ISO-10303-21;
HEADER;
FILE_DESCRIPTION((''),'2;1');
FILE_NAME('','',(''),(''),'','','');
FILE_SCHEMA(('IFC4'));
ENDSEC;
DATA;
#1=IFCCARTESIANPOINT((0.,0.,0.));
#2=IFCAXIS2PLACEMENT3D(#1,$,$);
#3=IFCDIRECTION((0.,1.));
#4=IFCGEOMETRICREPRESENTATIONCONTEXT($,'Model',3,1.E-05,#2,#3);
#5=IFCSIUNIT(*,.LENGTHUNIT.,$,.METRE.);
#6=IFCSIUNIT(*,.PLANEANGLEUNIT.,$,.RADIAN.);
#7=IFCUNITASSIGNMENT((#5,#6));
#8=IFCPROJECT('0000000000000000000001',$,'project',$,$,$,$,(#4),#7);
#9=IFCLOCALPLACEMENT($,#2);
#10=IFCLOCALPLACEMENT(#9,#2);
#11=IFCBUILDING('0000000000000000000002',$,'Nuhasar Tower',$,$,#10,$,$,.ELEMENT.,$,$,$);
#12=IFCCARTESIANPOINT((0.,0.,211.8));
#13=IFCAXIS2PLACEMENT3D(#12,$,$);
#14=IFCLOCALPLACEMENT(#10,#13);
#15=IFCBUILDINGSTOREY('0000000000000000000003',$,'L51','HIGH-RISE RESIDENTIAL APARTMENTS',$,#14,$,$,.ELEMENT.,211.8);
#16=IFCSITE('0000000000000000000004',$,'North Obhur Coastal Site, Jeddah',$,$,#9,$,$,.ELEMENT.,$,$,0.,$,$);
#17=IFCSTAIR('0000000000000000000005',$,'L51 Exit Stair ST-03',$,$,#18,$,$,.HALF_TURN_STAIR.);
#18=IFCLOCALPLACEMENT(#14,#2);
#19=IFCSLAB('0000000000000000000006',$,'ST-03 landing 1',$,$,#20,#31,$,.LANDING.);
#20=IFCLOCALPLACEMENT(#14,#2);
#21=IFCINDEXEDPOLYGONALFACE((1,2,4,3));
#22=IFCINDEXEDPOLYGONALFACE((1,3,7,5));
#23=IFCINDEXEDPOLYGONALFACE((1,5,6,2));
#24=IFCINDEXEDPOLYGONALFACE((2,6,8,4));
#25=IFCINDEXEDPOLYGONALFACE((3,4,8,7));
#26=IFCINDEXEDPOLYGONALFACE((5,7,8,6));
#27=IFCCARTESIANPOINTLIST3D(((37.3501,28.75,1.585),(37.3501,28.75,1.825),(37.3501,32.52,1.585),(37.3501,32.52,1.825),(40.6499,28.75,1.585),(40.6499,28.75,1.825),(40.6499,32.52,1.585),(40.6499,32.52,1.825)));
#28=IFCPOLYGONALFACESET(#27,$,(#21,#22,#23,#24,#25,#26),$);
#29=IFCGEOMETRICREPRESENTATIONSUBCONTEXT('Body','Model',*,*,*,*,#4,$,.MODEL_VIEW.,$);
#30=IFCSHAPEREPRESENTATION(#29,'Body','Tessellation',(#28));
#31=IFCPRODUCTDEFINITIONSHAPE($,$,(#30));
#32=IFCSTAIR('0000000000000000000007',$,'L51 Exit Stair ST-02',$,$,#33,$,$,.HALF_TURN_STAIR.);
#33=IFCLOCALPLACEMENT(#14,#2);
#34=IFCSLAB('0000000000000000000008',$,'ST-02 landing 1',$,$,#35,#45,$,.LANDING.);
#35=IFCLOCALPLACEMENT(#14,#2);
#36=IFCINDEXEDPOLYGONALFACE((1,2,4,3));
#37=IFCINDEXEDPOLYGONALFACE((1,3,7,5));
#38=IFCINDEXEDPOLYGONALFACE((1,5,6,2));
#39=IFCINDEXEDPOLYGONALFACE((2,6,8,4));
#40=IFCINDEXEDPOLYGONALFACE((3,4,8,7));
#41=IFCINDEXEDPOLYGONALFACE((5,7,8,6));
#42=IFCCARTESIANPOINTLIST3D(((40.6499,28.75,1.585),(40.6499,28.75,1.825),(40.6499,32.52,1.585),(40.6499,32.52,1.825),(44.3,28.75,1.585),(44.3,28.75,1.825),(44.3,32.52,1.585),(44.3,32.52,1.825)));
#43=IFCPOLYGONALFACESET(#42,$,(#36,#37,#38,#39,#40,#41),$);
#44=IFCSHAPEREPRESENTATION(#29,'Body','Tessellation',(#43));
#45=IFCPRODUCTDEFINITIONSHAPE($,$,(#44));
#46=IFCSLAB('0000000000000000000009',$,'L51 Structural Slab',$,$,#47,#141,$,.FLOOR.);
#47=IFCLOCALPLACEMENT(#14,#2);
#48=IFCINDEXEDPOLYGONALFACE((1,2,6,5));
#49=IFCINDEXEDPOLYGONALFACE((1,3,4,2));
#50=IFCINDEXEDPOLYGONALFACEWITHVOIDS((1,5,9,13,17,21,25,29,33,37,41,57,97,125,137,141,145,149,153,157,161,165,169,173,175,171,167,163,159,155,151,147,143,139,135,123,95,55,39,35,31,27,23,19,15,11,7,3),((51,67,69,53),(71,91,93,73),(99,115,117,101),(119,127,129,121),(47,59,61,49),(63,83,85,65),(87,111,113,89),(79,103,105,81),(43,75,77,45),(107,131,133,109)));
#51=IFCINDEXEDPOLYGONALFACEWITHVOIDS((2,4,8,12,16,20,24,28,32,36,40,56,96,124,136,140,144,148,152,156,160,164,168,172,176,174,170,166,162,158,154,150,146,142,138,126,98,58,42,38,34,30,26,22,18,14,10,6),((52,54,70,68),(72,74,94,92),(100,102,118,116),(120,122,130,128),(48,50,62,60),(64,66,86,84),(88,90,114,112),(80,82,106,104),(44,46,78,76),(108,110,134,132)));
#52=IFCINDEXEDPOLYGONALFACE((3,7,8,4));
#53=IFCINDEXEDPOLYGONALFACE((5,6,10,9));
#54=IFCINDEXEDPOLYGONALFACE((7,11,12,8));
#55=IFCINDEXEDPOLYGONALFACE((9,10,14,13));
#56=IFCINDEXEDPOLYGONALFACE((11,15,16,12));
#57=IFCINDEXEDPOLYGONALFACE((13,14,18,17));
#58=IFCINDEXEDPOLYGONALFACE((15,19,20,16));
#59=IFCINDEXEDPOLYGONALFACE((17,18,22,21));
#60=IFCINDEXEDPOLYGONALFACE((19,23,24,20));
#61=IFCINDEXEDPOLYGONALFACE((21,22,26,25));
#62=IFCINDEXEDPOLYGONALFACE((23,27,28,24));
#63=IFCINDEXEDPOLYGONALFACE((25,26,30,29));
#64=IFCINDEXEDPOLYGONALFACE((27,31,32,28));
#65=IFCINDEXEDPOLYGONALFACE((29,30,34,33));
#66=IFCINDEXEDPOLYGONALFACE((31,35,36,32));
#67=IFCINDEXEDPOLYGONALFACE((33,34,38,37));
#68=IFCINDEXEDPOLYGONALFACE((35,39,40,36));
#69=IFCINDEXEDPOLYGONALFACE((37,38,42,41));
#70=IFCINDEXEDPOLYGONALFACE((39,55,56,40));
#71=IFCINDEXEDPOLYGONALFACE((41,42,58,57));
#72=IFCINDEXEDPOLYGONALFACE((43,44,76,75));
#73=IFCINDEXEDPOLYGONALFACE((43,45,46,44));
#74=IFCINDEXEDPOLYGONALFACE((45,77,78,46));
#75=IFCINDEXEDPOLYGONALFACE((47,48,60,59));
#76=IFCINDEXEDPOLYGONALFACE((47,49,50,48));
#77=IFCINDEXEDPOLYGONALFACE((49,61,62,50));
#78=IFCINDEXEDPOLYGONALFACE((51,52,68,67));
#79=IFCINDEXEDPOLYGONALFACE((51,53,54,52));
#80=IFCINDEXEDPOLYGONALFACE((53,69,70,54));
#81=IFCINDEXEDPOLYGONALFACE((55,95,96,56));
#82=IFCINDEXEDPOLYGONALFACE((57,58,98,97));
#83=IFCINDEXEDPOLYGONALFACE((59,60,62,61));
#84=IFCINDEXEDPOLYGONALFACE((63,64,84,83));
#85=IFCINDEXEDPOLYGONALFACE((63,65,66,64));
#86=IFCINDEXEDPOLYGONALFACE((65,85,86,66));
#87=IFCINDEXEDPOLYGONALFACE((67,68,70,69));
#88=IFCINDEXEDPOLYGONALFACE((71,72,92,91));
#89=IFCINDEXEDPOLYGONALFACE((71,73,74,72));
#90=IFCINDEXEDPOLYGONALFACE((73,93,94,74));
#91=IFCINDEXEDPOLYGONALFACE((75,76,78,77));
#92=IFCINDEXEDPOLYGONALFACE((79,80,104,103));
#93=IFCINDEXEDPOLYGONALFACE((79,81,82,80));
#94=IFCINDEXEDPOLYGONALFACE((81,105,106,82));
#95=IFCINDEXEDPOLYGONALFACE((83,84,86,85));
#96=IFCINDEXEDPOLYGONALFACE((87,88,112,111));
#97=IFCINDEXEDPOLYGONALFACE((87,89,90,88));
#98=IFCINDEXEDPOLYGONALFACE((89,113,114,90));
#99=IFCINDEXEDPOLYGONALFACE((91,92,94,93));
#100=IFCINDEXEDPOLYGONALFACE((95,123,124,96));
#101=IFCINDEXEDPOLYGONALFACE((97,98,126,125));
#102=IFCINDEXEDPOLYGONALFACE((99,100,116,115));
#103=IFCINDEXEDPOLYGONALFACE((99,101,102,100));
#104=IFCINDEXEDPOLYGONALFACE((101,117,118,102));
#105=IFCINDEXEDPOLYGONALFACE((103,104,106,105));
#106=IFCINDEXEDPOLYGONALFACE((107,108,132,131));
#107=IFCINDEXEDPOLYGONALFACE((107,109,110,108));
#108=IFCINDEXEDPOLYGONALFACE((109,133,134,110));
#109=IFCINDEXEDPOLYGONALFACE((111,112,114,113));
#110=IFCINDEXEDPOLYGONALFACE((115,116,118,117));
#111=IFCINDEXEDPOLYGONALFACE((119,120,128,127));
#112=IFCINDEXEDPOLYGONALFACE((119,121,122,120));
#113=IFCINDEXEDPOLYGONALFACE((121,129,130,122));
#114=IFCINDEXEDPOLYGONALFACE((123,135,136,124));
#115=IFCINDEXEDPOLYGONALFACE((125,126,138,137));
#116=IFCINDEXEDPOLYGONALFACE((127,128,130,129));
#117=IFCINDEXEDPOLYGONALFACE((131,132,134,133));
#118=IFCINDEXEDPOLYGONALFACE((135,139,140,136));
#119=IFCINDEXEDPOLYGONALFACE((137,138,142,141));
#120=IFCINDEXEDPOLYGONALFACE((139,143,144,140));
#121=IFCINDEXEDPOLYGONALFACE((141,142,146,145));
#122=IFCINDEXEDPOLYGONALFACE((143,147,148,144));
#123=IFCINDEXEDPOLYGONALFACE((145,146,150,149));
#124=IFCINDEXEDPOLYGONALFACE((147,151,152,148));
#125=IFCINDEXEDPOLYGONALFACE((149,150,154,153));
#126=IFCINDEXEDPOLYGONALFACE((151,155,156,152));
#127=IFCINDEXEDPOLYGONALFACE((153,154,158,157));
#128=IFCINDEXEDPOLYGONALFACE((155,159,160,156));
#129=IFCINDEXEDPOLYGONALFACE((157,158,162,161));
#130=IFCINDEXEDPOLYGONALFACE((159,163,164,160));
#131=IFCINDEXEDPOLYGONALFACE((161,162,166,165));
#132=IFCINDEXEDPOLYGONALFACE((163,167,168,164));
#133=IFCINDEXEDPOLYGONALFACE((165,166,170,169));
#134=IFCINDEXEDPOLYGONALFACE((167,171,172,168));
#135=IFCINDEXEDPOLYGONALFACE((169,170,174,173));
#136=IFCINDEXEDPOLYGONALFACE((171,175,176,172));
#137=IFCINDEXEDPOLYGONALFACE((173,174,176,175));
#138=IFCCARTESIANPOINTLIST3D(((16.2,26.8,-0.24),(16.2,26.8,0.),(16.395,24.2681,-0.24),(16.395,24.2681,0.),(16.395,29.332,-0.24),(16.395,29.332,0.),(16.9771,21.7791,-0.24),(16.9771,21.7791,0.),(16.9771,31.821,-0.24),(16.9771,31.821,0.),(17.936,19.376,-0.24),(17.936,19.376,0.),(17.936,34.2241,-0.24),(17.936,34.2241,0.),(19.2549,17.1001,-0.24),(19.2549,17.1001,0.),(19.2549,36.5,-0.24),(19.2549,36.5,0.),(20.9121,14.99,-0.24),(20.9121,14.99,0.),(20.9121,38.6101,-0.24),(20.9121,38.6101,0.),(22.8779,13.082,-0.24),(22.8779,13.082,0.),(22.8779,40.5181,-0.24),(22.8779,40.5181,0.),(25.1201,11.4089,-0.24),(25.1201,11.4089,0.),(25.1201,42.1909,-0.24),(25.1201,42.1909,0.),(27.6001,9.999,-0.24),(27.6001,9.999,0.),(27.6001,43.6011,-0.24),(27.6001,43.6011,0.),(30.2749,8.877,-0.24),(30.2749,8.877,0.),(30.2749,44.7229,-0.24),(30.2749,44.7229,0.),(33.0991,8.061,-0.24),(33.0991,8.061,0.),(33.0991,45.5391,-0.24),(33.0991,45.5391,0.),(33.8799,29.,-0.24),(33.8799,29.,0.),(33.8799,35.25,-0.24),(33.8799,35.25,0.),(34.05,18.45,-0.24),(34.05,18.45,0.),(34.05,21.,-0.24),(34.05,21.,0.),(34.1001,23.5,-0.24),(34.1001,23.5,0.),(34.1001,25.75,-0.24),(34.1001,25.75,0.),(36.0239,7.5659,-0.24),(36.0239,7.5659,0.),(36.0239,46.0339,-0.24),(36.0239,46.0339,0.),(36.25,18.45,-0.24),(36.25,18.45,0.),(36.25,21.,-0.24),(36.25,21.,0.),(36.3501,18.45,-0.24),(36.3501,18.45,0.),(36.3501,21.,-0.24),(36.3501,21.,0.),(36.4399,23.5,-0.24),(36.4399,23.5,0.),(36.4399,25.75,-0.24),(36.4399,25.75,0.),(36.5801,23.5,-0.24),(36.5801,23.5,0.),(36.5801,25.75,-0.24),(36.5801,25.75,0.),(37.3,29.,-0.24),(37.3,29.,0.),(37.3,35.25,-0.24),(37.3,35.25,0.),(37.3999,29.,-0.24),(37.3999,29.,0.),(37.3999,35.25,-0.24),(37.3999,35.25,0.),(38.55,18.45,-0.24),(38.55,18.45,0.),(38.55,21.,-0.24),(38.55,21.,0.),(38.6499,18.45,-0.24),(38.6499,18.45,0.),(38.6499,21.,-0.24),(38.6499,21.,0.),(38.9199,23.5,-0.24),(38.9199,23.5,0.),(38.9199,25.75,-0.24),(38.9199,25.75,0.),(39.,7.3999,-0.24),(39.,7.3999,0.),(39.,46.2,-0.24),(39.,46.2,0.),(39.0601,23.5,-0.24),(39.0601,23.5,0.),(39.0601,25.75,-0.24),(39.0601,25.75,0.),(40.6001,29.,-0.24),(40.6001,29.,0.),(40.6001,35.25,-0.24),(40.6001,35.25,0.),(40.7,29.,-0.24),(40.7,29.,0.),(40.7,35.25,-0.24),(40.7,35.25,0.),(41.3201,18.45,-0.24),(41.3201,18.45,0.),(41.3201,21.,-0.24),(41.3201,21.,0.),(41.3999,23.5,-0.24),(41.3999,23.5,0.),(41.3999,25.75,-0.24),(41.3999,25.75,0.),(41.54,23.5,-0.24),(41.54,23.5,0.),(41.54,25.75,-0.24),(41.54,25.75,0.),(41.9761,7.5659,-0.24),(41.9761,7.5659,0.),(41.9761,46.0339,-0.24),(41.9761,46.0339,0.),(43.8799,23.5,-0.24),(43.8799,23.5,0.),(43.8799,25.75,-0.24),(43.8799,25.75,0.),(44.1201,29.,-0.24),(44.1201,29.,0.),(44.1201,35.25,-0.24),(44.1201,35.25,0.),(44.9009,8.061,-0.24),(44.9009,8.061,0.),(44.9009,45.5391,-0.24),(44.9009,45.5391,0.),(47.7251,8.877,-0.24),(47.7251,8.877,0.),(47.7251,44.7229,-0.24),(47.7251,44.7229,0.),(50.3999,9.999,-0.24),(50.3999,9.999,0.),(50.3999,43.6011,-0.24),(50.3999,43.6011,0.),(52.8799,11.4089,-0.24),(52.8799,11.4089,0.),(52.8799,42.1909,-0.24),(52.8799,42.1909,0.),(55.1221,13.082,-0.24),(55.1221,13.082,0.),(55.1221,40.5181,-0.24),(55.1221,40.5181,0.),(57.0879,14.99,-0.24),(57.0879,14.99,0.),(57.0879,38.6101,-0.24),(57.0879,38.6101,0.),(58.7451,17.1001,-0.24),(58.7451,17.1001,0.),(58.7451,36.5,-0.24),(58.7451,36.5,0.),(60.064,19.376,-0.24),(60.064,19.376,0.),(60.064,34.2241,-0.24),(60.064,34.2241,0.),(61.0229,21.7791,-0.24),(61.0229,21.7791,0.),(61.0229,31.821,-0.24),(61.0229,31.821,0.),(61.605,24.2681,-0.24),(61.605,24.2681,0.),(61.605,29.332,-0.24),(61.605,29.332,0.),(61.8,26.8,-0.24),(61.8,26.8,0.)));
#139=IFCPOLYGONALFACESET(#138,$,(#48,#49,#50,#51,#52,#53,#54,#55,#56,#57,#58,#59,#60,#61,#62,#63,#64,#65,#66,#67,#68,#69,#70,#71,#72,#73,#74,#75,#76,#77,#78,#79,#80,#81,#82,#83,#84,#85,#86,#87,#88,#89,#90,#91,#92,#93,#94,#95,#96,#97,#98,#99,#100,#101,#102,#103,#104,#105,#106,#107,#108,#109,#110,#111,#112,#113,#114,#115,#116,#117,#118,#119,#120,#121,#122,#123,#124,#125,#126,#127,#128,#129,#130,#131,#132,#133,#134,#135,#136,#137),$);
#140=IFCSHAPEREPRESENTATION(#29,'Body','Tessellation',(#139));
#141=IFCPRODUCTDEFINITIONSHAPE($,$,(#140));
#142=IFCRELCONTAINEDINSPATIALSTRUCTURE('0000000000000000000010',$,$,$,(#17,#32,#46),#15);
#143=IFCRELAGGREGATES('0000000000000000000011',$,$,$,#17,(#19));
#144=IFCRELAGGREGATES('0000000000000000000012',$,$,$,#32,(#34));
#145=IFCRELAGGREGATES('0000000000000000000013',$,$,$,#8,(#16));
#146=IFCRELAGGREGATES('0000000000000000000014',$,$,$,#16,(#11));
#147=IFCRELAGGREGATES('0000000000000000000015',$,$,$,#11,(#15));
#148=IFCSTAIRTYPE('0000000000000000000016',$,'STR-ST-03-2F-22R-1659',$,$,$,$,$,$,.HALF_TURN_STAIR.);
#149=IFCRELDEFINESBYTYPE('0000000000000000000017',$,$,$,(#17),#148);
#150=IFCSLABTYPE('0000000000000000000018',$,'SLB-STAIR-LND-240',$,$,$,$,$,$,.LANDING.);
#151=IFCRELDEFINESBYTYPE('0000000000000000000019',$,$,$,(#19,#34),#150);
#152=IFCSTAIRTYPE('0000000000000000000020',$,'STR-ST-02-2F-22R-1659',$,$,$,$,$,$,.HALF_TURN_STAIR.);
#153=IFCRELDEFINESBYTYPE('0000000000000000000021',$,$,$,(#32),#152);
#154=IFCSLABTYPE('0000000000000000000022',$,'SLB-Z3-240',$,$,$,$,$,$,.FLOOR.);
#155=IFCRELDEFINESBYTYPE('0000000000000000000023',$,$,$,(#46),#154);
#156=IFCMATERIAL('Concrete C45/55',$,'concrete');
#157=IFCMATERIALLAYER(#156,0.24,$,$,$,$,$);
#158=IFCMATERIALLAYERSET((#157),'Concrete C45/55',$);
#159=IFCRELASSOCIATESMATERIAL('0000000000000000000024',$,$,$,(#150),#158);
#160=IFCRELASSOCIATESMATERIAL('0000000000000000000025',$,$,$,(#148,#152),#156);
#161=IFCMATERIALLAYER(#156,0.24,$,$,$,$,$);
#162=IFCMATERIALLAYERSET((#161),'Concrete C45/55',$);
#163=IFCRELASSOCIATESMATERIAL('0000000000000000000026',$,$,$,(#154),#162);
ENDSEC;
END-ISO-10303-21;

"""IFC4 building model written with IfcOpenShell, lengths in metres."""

from ifc_helpers import new_model, si_unit, direction, frame, origin, place, context, subcontext, project, spatial, polyline, outline, extrude, material, layer, layer_set, type_object, element, aggregate, save


model = new_model("IFC4")

# Units and contexts
model_context = context("Model", 3, precision=1e-05, world=origin(), true_north=direction((0.0, 1.0)))
body_context = subcontext(model_context, "Body", "Model", "MODEL_VIEW")
ifc_project = project(units=[si_unit("LENGTHUNIT", "METRE"), si_unit("PLANEANGLEUNIT", "RADIAN")], contexts=[model_context])

# Site, building, storey
site_placement = place(None, origin())
site = spatial("IfcSite", under=ifc_project, at=site_placement, Name="North Obhur Coastal Site, Jeddah", CompositionType="ELEMENT", RefElevation=0.0)
building_placement = place(site_placement, origin())
building = spatial("IfcBuilding", under=site, at=building_placement, Name="Nuhasar Tower", CompositionType="ELEMENT")
storey_placement = place(building_placement, frame((0.0, 0.0, 211.8)))
storey = spatial("IfcBuildingStorey", under=building, at=storey_placement, Name="L51", Description="HIGH-RISE RESIDENTIAL APARTMENTS", CompositionType="ELEMENT", Elevation=211.8)

# Stairs, slabs
ifc_material_1 = material(Name="Concrete C45/55", Category="concrete")
ifc_layer_1 = layer(ifc_material_1, 0.24)
ifc_layer_set_1 = layer_set([ifc_layer_1], Name="Concrete C45/55")
slab_type_1 = type_object("IfcSlabType", Name="SLB-STAIR-LND-240", PredefinedType="LANDING", material=ifc_layer_set_1)
stair_type_1 = type_object("IfcStairType", Name="STR-ST-03-2F-22R-1659", PredefinedType="HALF_TURN_STAIR", material=ifc_material_1)
stair_1_placement = place(storey_placement, origin())
stair_1 = element("IfcStair", 1, at=stair_1_placement, inside=storey, type_object=stair_type_1, Name="L51 Exit Stair ST-03", PredefinedType="HALF_TURN_STAIR")
slab_1_placement = place(storey_placement, frame((0.0, 0.0, 1.585)))
slab_1 = element("IfcSlab", 2, at=slab_1_placement, type_object=slab_type_1, Name="ST-03 landing 1", PredefinedType="LANDING", context=body_context, shape_type="SweptSolid", body=[
    extrude(outline(polyline([(37.3501, 28.75), (40.6499, 28.75), (40.6499, 32.52), (37.3501, 32.52), (37.3501, 28.75)])), origin(), (0.0, 0.0, 1.0), 0.24),
])
aggregate(stair_1, [slab_1])
stair_type_2 = type_object("IfcStairType", Name="STR-ST-02-2F-22R-1659", PredefinedType="HALF_TURN_STAIR", material=ifc_material_1)
stair_2_placement = place(storey_placement, origin())
stair_2 = element("IfcStair", 3, at=stair_2_placement, inside=storey, type_object=stair_type_2, Name="L51 Exit Stair ST-02", PredefinedType="HALF_TURN_STAIR")
slab_2_placement = place(storey_placement, frame((0.0, 0.0, 1.585)))
slab_2 = element("IfcSlab", 4, at=slab_2_placement, type_object=slab_type_1, Name="ST-02 landing 1", PredefinedType="LANDING", context=body_context, shape_type="SweptSolid", body=[
    extrude(outline(polyline([(40.6499, 28.75), (44.3, 28.75), (44.3, 32.52), (40.6499, 32.52), (40.6499, 28.75)])), origin(), (0.0, 0.0, 1.0), 0.24),
])
aggregate(stair_2, [slab_2])

# Slab
ifc_layer_2 = layer(ifc_material_1, 0.24)
ifc_layer_set_2 = layer_set([ifc_layer_2], Name="Concrete C45/55")
slab_type_2 = type_object("IfcSlabType", Name="SLB-Z3-240", PredefinedType="FLOOR", material=ifc_layer_set_2)
slab_3_placement = place(storey_placement, frame((0.0, 0.0, -0.24)))
element("IfcSlab", 5, at=slab_3_placement, inside=storey, type_object=slab_type_2, Name="L51 Structural Slab", PredefinedType="FLOOR", context=body_context, shape_type="SweptSolid", body=[
    extrude(outline(polyline([(61.8, 26.8), (61.605, 29.332), (61.0229, 31.821), (60.064, 34.2241), (58.7451, 36.5), (57.0879, 38.6101), (55.1221, 40.5181), (52.8799, 42.1909), (50.3999, 43.6011), (47.7251, 44.7229), (44.9009, 45.5391), (41.9761, 46.0339), (39.0, 46.2), (36.0239, 46.0339), (33.0991, 45.5391), (30.2749, 44.7229), (27.6001, 43.6011), (25.1201, 42.1909), (22.8779, 40.5181), (20.9121, 38.6101), (19.2549, 36.5), (17.936, 34.2241), (16.9771, 31.821), (16.395, 29.332), (16.2, 26.8), (16.395, 24.2681), (16.9771, 21.7791), (17.936, 19.376), (19.2549, 17.1001), (20.9121, 14.99), (22.8779, 13.082), (25.1201, 11.4089), (27.6001, 9.999), (30.2749, 8.877), (33.0991, 8.061), (36.0239, 7.5659), (39.0, 7.3999), (41.9761, 7.5659), (44.9009, 8.061), (47.7251, 8.877), (50.3999, 9.999), (52.8799, 11.4089), (55.1221, 13.082), (57.0879, 14.99), (58.7451, 17.1001), (60.064, 19.376), (61.0229, 21.7791), (61.605, 24.2681), (61.8, 26.8)]), holes=[polyline([(33.8799, 35.25), (37.3, 35.25), (37.3, 29.0), (33.8799, 29.0), (33.8799, 35.25)]), polyline([(37.3999, 35.25), (40.6001, 35.25), (40.6001, 29.0), (37.3999, 29.0), (37.3999, 35.25)]), polyline([(40.7, 35.25), (44.1201, 35.25), (44.1201, 29.0), (40.7, 29.0), (40.7, 35.25)]), polyline([(34.1001, 25.75), (36.4399, 25.75), (36.4399, 23.5), (34.1001, 23.5), (34.1001, 25.75)]), polyline([(36.5801, 25.75), (38.9199, 25.75), (38.9199, 23.5), (36.5801, 23.5), (36.5801, 25.75)]), polyline([(39.0601, 25.75), (41.3999, 25.75), (41.3999, 23.5), (39.0601, 23.5), (39.0601, 25.75)]), polyline([(41.54, 25.75), (43.8799, 25.75), (43.8799, 23.5), (41.54, 23.5), (41.54, 25.75)]), polyline([(34.05, 21.0), (36.25, 21.0), (36.25, 18.45), (34.05, 18.45), (34.05, 21.0)]), polyline([(36.3501, 21.0), (38.55, 21.0), (38.55, 18.45), (36.3501, 18.45), (36.3501, 21.0)]), polyline([(38.6499, 21.0), (41.3201, 21.0), (41.3201, 18.45), (38.6499, 18.45), (38.6499, 21.0)])]), origin(), (0.0, 0.0, 1.0), 0.24),
])

save(model, "model.ifc")
